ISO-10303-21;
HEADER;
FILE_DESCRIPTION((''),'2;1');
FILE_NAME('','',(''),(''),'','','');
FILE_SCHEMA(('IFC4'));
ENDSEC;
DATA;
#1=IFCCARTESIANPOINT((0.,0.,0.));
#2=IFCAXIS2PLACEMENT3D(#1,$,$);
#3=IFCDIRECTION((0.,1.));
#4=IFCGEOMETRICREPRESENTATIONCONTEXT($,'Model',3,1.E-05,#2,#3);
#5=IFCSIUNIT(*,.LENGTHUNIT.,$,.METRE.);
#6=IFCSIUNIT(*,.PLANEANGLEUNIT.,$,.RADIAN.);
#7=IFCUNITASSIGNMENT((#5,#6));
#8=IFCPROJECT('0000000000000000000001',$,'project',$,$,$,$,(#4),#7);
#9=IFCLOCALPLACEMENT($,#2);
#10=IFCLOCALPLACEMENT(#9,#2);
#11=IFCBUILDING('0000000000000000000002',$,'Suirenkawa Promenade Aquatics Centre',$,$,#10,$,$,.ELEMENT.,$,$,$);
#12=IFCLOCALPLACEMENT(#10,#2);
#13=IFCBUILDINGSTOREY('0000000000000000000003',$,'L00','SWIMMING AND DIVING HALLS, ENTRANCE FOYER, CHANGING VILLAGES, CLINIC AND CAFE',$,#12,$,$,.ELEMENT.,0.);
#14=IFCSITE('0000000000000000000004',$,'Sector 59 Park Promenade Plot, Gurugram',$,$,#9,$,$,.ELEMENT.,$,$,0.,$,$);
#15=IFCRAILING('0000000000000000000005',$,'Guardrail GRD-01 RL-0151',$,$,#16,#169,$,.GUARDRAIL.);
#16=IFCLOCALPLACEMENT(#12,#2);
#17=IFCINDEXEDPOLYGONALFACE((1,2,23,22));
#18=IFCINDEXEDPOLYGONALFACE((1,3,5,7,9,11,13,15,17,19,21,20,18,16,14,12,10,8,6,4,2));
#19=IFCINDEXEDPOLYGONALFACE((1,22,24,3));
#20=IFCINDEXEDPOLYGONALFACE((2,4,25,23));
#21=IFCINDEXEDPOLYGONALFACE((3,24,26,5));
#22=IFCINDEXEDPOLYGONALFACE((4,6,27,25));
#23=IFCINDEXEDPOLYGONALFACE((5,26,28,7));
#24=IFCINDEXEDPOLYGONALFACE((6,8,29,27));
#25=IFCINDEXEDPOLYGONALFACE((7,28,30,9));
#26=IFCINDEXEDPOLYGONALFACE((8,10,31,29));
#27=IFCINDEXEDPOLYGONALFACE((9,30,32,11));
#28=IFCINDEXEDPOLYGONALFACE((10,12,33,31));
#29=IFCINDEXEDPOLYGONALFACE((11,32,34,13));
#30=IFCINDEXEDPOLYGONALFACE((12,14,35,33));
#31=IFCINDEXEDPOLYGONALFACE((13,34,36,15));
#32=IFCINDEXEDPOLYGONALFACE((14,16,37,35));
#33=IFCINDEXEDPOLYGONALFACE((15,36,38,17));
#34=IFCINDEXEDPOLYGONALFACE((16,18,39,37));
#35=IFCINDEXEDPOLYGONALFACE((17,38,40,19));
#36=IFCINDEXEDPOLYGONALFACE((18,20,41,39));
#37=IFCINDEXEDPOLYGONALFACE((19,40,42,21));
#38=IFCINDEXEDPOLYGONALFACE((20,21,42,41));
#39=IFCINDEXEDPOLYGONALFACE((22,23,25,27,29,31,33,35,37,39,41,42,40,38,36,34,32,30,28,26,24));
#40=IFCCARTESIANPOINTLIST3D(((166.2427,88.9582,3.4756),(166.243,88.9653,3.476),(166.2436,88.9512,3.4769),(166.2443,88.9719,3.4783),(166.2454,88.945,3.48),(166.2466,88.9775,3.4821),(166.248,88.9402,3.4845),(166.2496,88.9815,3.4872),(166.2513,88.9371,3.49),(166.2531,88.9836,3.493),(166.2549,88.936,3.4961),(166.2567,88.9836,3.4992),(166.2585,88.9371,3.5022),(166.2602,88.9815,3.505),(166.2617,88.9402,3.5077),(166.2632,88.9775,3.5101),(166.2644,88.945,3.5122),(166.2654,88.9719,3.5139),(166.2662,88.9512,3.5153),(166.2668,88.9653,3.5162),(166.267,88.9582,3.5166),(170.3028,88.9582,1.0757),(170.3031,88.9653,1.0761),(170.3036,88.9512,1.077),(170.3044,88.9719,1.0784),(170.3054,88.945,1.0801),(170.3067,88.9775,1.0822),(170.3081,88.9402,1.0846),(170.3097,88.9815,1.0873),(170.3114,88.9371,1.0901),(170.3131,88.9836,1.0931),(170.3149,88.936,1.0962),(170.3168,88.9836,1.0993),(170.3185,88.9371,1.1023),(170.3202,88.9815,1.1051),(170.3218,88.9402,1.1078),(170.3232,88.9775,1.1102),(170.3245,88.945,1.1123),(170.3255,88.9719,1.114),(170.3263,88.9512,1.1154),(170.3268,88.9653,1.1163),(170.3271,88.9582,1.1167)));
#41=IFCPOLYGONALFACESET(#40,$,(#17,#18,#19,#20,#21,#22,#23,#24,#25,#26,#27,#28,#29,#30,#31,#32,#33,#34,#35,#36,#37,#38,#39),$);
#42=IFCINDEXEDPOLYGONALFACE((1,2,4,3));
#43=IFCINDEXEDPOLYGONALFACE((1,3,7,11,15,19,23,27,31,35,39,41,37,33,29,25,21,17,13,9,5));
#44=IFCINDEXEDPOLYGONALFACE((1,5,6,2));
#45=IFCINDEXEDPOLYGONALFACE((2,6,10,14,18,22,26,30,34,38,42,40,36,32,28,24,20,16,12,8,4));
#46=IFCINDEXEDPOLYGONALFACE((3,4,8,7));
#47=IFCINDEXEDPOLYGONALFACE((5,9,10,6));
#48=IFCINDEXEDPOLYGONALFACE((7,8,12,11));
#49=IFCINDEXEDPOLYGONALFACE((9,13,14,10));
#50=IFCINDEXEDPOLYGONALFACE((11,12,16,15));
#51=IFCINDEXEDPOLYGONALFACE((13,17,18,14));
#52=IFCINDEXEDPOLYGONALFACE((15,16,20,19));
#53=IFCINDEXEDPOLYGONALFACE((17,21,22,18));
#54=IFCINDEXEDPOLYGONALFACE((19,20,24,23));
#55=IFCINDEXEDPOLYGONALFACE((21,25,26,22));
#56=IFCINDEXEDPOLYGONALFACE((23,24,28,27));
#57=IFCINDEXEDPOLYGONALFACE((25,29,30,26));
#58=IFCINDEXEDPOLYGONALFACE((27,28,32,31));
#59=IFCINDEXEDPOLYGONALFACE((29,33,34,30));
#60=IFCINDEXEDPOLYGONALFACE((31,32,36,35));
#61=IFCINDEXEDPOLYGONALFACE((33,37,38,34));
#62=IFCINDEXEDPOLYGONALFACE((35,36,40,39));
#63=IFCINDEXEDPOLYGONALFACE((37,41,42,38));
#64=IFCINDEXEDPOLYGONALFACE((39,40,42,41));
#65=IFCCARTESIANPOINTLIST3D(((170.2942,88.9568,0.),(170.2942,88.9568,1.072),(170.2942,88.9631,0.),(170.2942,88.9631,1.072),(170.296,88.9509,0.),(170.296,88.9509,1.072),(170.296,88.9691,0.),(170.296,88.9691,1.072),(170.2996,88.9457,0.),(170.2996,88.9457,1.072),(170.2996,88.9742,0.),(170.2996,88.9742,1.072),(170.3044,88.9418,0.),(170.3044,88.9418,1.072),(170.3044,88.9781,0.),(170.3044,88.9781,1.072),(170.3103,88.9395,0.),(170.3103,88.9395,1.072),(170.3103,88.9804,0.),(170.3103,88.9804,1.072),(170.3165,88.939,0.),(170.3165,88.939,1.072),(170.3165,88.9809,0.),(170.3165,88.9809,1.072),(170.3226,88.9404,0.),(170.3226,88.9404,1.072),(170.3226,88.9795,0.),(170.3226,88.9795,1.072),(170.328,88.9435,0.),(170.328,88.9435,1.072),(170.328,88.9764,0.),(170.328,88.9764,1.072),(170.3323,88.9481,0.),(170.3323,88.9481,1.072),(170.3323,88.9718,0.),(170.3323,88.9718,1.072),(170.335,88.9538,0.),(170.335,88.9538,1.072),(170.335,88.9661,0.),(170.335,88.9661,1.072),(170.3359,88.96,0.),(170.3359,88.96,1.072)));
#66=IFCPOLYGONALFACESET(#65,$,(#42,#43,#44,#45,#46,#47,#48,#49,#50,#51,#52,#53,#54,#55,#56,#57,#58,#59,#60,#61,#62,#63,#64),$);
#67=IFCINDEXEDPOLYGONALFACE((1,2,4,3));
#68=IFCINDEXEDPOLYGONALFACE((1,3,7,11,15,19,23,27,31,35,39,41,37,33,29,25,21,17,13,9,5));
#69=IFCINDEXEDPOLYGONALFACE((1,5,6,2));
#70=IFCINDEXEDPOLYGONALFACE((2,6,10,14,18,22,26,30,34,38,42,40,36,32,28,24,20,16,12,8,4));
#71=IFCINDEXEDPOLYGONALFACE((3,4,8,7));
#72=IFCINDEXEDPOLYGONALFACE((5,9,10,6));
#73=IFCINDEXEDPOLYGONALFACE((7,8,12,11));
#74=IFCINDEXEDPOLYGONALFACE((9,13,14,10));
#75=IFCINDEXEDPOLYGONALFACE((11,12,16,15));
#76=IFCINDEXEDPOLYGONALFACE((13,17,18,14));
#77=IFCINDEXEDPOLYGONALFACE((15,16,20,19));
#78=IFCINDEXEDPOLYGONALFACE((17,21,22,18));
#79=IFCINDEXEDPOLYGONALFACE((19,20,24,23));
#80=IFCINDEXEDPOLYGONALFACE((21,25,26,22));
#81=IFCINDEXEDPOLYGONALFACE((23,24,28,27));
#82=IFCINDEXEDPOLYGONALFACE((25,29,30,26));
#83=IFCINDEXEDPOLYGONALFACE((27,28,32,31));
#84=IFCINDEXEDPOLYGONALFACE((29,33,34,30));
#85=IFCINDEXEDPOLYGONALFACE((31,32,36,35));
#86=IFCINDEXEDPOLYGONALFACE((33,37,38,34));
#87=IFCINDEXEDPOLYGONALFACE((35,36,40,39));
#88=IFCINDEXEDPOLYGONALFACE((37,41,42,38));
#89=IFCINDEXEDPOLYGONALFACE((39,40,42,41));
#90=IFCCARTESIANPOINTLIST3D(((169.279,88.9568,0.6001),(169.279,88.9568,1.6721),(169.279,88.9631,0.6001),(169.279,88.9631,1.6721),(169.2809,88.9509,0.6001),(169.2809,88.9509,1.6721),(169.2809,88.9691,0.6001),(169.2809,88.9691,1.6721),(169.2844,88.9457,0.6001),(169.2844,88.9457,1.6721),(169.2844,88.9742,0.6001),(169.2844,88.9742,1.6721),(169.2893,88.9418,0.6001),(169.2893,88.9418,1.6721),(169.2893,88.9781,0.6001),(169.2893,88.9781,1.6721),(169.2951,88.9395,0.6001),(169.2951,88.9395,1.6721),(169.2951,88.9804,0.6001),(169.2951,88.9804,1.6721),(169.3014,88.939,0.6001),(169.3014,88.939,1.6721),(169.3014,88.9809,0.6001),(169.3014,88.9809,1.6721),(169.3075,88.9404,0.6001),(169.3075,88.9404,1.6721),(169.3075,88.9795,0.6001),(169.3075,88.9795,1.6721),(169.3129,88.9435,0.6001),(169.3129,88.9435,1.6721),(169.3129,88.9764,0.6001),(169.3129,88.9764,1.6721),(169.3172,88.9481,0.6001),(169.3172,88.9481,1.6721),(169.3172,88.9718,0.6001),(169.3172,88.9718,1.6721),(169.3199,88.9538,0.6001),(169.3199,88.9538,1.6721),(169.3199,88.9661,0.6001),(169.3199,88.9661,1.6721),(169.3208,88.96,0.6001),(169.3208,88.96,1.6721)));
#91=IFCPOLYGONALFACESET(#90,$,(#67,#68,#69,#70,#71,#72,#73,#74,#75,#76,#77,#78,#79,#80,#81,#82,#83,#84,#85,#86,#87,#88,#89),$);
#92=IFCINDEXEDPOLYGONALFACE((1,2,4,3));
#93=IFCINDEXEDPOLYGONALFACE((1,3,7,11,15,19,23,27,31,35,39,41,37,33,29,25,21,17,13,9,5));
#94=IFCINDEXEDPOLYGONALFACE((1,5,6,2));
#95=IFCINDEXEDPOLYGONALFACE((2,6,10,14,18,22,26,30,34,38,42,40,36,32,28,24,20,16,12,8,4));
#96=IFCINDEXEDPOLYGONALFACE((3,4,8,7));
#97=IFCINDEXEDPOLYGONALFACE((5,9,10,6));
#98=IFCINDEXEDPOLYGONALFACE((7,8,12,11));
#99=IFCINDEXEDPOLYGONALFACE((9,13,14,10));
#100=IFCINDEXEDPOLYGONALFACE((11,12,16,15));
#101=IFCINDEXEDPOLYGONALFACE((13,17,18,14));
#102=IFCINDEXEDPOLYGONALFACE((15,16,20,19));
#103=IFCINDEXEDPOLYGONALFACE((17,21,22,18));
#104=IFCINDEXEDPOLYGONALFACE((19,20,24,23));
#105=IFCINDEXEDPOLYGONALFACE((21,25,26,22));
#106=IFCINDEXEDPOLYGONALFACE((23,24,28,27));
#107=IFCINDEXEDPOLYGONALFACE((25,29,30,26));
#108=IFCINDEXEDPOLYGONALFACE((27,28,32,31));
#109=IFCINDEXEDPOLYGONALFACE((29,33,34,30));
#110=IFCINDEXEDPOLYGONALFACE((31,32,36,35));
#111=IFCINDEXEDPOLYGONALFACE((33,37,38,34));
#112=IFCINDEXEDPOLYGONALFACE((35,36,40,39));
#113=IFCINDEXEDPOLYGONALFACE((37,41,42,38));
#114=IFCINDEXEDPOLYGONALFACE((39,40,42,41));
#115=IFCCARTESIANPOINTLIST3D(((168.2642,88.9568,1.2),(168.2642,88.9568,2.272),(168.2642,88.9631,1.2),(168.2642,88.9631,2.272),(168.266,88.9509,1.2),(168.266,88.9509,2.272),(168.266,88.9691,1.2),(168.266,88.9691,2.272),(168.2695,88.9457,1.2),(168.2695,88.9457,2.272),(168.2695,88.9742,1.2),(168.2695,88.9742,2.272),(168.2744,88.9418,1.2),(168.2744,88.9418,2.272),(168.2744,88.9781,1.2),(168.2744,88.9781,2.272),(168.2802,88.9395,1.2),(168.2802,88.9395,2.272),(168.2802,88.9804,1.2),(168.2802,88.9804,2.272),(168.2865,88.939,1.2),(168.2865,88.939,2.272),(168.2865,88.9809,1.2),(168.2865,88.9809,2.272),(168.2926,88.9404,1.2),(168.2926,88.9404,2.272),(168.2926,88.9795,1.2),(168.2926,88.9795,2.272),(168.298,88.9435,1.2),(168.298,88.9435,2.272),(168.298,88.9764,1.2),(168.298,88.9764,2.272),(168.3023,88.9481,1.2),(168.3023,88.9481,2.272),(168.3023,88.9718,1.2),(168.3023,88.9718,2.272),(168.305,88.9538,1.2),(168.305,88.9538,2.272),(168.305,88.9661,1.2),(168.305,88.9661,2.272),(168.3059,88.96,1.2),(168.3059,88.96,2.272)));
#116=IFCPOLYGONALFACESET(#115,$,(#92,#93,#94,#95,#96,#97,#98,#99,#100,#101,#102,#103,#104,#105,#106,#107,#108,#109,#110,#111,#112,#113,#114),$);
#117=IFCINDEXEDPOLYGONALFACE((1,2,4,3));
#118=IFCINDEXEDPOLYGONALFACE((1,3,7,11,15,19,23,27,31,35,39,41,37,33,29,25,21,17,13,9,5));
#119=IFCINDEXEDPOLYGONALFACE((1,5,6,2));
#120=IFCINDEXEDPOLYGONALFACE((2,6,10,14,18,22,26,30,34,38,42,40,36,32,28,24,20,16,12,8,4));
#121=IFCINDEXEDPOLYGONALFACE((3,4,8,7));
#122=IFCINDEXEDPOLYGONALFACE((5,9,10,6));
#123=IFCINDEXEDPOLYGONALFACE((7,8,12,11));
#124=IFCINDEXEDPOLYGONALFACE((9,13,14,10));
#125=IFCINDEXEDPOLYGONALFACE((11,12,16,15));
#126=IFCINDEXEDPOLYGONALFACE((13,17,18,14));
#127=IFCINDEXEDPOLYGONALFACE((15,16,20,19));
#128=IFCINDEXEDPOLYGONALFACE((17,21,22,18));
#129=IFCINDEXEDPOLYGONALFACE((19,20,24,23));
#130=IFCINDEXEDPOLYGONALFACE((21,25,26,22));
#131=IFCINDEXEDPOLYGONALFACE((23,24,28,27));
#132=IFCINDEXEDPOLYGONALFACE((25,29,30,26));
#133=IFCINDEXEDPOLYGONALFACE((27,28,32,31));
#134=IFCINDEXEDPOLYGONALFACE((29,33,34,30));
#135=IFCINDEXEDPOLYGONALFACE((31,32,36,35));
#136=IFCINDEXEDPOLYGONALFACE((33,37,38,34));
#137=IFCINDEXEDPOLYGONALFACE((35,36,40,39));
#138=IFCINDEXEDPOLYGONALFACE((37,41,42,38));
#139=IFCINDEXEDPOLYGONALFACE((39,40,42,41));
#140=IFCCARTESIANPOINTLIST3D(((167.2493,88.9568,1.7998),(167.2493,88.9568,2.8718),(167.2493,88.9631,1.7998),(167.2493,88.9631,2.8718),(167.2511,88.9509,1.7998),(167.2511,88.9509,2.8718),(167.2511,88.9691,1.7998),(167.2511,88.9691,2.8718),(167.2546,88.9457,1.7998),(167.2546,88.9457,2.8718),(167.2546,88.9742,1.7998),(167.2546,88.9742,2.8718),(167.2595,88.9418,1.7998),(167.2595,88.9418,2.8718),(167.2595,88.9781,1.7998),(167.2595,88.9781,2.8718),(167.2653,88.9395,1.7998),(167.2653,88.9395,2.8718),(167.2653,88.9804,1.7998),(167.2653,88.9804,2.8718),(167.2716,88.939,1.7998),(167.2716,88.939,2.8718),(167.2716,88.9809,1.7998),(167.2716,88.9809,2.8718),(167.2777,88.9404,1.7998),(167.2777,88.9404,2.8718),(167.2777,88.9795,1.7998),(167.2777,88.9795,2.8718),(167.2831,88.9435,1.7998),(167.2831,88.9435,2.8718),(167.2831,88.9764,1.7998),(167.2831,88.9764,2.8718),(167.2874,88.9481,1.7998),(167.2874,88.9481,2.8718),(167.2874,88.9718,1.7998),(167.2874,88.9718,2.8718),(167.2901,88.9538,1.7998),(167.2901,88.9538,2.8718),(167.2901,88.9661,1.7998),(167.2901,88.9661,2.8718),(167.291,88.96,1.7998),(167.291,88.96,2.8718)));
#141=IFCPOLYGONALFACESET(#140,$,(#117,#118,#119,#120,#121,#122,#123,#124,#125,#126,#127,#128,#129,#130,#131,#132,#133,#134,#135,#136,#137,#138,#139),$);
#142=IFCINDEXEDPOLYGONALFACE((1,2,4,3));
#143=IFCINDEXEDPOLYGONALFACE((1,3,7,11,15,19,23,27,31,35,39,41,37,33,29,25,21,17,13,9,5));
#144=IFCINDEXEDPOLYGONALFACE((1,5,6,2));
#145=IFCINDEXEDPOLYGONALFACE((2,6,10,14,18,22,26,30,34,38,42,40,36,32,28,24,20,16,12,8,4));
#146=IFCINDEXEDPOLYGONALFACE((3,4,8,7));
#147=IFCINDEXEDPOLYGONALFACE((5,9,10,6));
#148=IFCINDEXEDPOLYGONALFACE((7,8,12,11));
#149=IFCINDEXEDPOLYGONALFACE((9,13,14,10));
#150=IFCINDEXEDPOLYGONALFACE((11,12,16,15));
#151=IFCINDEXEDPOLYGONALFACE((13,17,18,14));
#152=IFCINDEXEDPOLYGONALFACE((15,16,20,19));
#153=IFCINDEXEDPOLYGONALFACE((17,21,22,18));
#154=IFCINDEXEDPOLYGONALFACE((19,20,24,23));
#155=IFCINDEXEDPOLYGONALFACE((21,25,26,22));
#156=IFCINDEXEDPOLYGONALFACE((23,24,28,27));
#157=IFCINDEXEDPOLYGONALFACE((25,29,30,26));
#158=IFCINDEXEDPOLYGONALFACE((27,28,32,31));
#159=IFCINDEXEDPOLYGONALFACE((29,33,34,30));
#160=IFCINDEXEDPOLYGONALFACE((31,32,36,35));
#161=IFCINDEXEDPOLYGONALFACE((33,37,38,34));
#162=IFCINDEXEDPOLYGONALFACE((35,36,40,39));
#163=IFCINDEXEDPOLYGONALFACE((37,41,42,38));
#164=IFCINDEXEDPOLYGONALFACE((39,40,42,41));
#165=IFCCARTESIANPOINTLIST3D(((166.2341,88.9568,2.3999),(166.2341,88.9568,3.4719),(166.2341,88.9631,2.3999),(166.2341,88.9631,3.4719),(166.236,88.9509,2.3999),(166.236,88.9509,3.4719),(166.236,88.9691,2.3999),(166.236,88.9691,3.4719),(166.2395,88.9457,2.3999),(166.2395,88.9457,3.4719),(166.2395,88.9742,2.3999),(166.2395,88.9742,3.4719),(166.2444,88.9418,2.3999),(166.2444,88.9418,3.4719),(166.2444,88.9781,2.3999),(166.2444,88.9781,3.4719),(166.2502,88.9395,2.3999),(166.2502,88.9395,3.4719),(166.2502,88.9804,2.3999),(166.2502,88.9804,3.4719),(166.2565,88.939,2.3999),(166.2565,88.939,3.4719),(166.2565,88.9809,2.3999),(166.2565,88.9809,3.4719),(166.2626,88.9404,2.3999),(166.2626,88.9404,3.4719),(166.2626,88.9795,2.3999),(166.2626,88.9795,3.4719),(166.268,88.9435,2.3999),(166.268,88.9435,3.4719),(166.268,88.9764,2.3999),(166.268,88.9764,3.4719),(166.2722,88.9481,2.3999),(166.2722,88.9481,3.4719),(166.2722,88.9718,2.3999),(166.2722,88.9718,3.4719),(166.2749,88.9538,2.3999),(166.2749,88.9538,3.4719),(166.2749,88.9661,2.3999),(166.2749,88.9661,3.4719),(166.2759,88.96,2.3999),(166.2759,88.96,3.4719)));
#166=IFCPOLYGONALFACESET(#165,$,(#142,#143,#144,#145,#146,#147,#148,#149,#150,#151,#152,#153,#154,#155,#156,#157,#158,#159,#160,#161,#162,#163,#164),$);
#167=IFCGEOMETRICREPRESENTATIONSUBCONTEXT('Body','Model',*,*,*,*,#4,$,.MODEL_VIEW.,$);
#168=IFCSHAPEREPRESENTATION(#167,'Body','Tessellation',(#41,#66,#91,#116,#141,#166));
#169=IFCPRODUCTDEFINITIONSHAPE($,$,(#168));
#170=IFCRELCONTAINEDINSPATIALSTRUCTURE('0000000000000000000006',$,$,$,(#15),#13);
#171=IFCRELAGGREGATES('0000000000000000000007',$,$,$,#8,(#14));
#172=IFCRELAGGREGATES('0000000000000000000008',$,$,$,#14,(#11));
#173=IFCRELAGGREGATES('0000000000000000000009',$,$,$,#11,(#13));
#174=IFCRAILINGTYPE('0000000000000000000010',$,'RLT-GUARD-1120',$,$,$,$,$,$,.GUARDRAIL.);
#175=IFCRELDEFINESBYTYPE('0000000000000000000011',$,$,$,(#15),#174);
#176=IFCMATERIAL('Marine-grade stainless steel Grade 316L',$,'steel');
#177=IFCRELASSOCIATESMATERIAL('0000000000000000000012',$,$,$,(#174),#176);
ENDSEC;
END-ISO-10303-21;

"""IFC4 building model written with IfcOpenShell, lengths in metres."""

from ifc_helpers import new_model, si_unit, direction, frame, origin, origin_2d, place, context, subcontext, project, spatial, circle, extrude, material, type_object, element, save


model = new_model("IFC4")

# Units and contexts
model_context = context("Model", 3, precision=1e-05, world=origin(), true_north=direction((0.0, 1.0)))
body_context = subcontext(model_context, "Body", "Model", "MODEL_VIEW")
ifc_project = project(units=[si_unit("LENGTHUNIT", "METRE"), si_unit("PLANEANGLEUNIT", "RADIAN")], contexts=[model_context])

# Site, building, storey
site_placement = place(None, origin())
site = spatial("IfcSite", under=ifc_project, at=site_placement, Name="Sector 59 Park Promenade Plot, Gurugram", CompositionType="ELEMENT", RefElevation=0.0)
building_placement = place(site_placement, origin())
building = spatial("IfcBuilding", under=site, at=building_placement, Name="Suirenkawa Promenade Aquatics Centre", CompositionType="ELEMENT")
storey_placement = place(building_placement, origin())
storey = spatial("IfcBuildingStorey", under=building, at=storey_placement, Name="L00", Description="SWIMMING AND DIVING HALLS, ENTRANCE FOYER, CHANGING VILLAGES, CLINIC AND CAFE", CompositionType="ELEMENT", Elevation=0.0)

# Shared definitions
ifc_material_1 = material(Name="Marine-grade stainless steel Grade 316L", Category="steel")

# Railing
railing_type_1 = type_object("IfcRailingType", Name="RLT-GUARD-1120", PredefinedType="GUARDRAIL", material=ifc_material_1)
railing_1_placement = place(storey_placement, frame((170.3149, 88.96, 0.0)))
element("IfcRailing", 1, at=railing_1_placement, inside=storey, type_object=railing_type_1, Name="Guardrail GRD-01 RL-0151", PredefinedType="GUARDRAIL", context=body_context, shape_type="SweptSolid", body=[
    extrude(circle(Radius=0.0239, at=origin_2d()), frame((0.0, 0.0, 1.0962), z_axis=(-0.860854, 0.0, 0.508851), x_axis=(0.0, -1.0, 0.0)), (0.0, 0.0, 1.0), 4.7163),
    extrude(circle(Radius=0.021, at=origin_2d()), origin(), (0.0, 0.0, 1.0), 1.072),
    extrude(circle(Radius=0.021, at=origin_2d()), frame((-1.0151, 0.0, 0.6001)), (0.0, 0.0, 1.0), 1.072),
    extrude(circle(Radius=0.021, at=origin_2d()), frame((-2.03, 0.0, 1.2)), (0.0, 0.0, 1.0), 1.072),
    extrude(circle(Radius=0.021, at=origin_2d()), frame((-3.0449, 0.0, 1.7998)), (0.0, 0.0, 1.0), 1.072),
    extrude(circle(Radius=0.021, at=origin_2d()), frame((-4.0601, 0.0, 2.3999)), (0.0, 0.0, 1.0), 1.072),
])

save(model, "model.ifc")
